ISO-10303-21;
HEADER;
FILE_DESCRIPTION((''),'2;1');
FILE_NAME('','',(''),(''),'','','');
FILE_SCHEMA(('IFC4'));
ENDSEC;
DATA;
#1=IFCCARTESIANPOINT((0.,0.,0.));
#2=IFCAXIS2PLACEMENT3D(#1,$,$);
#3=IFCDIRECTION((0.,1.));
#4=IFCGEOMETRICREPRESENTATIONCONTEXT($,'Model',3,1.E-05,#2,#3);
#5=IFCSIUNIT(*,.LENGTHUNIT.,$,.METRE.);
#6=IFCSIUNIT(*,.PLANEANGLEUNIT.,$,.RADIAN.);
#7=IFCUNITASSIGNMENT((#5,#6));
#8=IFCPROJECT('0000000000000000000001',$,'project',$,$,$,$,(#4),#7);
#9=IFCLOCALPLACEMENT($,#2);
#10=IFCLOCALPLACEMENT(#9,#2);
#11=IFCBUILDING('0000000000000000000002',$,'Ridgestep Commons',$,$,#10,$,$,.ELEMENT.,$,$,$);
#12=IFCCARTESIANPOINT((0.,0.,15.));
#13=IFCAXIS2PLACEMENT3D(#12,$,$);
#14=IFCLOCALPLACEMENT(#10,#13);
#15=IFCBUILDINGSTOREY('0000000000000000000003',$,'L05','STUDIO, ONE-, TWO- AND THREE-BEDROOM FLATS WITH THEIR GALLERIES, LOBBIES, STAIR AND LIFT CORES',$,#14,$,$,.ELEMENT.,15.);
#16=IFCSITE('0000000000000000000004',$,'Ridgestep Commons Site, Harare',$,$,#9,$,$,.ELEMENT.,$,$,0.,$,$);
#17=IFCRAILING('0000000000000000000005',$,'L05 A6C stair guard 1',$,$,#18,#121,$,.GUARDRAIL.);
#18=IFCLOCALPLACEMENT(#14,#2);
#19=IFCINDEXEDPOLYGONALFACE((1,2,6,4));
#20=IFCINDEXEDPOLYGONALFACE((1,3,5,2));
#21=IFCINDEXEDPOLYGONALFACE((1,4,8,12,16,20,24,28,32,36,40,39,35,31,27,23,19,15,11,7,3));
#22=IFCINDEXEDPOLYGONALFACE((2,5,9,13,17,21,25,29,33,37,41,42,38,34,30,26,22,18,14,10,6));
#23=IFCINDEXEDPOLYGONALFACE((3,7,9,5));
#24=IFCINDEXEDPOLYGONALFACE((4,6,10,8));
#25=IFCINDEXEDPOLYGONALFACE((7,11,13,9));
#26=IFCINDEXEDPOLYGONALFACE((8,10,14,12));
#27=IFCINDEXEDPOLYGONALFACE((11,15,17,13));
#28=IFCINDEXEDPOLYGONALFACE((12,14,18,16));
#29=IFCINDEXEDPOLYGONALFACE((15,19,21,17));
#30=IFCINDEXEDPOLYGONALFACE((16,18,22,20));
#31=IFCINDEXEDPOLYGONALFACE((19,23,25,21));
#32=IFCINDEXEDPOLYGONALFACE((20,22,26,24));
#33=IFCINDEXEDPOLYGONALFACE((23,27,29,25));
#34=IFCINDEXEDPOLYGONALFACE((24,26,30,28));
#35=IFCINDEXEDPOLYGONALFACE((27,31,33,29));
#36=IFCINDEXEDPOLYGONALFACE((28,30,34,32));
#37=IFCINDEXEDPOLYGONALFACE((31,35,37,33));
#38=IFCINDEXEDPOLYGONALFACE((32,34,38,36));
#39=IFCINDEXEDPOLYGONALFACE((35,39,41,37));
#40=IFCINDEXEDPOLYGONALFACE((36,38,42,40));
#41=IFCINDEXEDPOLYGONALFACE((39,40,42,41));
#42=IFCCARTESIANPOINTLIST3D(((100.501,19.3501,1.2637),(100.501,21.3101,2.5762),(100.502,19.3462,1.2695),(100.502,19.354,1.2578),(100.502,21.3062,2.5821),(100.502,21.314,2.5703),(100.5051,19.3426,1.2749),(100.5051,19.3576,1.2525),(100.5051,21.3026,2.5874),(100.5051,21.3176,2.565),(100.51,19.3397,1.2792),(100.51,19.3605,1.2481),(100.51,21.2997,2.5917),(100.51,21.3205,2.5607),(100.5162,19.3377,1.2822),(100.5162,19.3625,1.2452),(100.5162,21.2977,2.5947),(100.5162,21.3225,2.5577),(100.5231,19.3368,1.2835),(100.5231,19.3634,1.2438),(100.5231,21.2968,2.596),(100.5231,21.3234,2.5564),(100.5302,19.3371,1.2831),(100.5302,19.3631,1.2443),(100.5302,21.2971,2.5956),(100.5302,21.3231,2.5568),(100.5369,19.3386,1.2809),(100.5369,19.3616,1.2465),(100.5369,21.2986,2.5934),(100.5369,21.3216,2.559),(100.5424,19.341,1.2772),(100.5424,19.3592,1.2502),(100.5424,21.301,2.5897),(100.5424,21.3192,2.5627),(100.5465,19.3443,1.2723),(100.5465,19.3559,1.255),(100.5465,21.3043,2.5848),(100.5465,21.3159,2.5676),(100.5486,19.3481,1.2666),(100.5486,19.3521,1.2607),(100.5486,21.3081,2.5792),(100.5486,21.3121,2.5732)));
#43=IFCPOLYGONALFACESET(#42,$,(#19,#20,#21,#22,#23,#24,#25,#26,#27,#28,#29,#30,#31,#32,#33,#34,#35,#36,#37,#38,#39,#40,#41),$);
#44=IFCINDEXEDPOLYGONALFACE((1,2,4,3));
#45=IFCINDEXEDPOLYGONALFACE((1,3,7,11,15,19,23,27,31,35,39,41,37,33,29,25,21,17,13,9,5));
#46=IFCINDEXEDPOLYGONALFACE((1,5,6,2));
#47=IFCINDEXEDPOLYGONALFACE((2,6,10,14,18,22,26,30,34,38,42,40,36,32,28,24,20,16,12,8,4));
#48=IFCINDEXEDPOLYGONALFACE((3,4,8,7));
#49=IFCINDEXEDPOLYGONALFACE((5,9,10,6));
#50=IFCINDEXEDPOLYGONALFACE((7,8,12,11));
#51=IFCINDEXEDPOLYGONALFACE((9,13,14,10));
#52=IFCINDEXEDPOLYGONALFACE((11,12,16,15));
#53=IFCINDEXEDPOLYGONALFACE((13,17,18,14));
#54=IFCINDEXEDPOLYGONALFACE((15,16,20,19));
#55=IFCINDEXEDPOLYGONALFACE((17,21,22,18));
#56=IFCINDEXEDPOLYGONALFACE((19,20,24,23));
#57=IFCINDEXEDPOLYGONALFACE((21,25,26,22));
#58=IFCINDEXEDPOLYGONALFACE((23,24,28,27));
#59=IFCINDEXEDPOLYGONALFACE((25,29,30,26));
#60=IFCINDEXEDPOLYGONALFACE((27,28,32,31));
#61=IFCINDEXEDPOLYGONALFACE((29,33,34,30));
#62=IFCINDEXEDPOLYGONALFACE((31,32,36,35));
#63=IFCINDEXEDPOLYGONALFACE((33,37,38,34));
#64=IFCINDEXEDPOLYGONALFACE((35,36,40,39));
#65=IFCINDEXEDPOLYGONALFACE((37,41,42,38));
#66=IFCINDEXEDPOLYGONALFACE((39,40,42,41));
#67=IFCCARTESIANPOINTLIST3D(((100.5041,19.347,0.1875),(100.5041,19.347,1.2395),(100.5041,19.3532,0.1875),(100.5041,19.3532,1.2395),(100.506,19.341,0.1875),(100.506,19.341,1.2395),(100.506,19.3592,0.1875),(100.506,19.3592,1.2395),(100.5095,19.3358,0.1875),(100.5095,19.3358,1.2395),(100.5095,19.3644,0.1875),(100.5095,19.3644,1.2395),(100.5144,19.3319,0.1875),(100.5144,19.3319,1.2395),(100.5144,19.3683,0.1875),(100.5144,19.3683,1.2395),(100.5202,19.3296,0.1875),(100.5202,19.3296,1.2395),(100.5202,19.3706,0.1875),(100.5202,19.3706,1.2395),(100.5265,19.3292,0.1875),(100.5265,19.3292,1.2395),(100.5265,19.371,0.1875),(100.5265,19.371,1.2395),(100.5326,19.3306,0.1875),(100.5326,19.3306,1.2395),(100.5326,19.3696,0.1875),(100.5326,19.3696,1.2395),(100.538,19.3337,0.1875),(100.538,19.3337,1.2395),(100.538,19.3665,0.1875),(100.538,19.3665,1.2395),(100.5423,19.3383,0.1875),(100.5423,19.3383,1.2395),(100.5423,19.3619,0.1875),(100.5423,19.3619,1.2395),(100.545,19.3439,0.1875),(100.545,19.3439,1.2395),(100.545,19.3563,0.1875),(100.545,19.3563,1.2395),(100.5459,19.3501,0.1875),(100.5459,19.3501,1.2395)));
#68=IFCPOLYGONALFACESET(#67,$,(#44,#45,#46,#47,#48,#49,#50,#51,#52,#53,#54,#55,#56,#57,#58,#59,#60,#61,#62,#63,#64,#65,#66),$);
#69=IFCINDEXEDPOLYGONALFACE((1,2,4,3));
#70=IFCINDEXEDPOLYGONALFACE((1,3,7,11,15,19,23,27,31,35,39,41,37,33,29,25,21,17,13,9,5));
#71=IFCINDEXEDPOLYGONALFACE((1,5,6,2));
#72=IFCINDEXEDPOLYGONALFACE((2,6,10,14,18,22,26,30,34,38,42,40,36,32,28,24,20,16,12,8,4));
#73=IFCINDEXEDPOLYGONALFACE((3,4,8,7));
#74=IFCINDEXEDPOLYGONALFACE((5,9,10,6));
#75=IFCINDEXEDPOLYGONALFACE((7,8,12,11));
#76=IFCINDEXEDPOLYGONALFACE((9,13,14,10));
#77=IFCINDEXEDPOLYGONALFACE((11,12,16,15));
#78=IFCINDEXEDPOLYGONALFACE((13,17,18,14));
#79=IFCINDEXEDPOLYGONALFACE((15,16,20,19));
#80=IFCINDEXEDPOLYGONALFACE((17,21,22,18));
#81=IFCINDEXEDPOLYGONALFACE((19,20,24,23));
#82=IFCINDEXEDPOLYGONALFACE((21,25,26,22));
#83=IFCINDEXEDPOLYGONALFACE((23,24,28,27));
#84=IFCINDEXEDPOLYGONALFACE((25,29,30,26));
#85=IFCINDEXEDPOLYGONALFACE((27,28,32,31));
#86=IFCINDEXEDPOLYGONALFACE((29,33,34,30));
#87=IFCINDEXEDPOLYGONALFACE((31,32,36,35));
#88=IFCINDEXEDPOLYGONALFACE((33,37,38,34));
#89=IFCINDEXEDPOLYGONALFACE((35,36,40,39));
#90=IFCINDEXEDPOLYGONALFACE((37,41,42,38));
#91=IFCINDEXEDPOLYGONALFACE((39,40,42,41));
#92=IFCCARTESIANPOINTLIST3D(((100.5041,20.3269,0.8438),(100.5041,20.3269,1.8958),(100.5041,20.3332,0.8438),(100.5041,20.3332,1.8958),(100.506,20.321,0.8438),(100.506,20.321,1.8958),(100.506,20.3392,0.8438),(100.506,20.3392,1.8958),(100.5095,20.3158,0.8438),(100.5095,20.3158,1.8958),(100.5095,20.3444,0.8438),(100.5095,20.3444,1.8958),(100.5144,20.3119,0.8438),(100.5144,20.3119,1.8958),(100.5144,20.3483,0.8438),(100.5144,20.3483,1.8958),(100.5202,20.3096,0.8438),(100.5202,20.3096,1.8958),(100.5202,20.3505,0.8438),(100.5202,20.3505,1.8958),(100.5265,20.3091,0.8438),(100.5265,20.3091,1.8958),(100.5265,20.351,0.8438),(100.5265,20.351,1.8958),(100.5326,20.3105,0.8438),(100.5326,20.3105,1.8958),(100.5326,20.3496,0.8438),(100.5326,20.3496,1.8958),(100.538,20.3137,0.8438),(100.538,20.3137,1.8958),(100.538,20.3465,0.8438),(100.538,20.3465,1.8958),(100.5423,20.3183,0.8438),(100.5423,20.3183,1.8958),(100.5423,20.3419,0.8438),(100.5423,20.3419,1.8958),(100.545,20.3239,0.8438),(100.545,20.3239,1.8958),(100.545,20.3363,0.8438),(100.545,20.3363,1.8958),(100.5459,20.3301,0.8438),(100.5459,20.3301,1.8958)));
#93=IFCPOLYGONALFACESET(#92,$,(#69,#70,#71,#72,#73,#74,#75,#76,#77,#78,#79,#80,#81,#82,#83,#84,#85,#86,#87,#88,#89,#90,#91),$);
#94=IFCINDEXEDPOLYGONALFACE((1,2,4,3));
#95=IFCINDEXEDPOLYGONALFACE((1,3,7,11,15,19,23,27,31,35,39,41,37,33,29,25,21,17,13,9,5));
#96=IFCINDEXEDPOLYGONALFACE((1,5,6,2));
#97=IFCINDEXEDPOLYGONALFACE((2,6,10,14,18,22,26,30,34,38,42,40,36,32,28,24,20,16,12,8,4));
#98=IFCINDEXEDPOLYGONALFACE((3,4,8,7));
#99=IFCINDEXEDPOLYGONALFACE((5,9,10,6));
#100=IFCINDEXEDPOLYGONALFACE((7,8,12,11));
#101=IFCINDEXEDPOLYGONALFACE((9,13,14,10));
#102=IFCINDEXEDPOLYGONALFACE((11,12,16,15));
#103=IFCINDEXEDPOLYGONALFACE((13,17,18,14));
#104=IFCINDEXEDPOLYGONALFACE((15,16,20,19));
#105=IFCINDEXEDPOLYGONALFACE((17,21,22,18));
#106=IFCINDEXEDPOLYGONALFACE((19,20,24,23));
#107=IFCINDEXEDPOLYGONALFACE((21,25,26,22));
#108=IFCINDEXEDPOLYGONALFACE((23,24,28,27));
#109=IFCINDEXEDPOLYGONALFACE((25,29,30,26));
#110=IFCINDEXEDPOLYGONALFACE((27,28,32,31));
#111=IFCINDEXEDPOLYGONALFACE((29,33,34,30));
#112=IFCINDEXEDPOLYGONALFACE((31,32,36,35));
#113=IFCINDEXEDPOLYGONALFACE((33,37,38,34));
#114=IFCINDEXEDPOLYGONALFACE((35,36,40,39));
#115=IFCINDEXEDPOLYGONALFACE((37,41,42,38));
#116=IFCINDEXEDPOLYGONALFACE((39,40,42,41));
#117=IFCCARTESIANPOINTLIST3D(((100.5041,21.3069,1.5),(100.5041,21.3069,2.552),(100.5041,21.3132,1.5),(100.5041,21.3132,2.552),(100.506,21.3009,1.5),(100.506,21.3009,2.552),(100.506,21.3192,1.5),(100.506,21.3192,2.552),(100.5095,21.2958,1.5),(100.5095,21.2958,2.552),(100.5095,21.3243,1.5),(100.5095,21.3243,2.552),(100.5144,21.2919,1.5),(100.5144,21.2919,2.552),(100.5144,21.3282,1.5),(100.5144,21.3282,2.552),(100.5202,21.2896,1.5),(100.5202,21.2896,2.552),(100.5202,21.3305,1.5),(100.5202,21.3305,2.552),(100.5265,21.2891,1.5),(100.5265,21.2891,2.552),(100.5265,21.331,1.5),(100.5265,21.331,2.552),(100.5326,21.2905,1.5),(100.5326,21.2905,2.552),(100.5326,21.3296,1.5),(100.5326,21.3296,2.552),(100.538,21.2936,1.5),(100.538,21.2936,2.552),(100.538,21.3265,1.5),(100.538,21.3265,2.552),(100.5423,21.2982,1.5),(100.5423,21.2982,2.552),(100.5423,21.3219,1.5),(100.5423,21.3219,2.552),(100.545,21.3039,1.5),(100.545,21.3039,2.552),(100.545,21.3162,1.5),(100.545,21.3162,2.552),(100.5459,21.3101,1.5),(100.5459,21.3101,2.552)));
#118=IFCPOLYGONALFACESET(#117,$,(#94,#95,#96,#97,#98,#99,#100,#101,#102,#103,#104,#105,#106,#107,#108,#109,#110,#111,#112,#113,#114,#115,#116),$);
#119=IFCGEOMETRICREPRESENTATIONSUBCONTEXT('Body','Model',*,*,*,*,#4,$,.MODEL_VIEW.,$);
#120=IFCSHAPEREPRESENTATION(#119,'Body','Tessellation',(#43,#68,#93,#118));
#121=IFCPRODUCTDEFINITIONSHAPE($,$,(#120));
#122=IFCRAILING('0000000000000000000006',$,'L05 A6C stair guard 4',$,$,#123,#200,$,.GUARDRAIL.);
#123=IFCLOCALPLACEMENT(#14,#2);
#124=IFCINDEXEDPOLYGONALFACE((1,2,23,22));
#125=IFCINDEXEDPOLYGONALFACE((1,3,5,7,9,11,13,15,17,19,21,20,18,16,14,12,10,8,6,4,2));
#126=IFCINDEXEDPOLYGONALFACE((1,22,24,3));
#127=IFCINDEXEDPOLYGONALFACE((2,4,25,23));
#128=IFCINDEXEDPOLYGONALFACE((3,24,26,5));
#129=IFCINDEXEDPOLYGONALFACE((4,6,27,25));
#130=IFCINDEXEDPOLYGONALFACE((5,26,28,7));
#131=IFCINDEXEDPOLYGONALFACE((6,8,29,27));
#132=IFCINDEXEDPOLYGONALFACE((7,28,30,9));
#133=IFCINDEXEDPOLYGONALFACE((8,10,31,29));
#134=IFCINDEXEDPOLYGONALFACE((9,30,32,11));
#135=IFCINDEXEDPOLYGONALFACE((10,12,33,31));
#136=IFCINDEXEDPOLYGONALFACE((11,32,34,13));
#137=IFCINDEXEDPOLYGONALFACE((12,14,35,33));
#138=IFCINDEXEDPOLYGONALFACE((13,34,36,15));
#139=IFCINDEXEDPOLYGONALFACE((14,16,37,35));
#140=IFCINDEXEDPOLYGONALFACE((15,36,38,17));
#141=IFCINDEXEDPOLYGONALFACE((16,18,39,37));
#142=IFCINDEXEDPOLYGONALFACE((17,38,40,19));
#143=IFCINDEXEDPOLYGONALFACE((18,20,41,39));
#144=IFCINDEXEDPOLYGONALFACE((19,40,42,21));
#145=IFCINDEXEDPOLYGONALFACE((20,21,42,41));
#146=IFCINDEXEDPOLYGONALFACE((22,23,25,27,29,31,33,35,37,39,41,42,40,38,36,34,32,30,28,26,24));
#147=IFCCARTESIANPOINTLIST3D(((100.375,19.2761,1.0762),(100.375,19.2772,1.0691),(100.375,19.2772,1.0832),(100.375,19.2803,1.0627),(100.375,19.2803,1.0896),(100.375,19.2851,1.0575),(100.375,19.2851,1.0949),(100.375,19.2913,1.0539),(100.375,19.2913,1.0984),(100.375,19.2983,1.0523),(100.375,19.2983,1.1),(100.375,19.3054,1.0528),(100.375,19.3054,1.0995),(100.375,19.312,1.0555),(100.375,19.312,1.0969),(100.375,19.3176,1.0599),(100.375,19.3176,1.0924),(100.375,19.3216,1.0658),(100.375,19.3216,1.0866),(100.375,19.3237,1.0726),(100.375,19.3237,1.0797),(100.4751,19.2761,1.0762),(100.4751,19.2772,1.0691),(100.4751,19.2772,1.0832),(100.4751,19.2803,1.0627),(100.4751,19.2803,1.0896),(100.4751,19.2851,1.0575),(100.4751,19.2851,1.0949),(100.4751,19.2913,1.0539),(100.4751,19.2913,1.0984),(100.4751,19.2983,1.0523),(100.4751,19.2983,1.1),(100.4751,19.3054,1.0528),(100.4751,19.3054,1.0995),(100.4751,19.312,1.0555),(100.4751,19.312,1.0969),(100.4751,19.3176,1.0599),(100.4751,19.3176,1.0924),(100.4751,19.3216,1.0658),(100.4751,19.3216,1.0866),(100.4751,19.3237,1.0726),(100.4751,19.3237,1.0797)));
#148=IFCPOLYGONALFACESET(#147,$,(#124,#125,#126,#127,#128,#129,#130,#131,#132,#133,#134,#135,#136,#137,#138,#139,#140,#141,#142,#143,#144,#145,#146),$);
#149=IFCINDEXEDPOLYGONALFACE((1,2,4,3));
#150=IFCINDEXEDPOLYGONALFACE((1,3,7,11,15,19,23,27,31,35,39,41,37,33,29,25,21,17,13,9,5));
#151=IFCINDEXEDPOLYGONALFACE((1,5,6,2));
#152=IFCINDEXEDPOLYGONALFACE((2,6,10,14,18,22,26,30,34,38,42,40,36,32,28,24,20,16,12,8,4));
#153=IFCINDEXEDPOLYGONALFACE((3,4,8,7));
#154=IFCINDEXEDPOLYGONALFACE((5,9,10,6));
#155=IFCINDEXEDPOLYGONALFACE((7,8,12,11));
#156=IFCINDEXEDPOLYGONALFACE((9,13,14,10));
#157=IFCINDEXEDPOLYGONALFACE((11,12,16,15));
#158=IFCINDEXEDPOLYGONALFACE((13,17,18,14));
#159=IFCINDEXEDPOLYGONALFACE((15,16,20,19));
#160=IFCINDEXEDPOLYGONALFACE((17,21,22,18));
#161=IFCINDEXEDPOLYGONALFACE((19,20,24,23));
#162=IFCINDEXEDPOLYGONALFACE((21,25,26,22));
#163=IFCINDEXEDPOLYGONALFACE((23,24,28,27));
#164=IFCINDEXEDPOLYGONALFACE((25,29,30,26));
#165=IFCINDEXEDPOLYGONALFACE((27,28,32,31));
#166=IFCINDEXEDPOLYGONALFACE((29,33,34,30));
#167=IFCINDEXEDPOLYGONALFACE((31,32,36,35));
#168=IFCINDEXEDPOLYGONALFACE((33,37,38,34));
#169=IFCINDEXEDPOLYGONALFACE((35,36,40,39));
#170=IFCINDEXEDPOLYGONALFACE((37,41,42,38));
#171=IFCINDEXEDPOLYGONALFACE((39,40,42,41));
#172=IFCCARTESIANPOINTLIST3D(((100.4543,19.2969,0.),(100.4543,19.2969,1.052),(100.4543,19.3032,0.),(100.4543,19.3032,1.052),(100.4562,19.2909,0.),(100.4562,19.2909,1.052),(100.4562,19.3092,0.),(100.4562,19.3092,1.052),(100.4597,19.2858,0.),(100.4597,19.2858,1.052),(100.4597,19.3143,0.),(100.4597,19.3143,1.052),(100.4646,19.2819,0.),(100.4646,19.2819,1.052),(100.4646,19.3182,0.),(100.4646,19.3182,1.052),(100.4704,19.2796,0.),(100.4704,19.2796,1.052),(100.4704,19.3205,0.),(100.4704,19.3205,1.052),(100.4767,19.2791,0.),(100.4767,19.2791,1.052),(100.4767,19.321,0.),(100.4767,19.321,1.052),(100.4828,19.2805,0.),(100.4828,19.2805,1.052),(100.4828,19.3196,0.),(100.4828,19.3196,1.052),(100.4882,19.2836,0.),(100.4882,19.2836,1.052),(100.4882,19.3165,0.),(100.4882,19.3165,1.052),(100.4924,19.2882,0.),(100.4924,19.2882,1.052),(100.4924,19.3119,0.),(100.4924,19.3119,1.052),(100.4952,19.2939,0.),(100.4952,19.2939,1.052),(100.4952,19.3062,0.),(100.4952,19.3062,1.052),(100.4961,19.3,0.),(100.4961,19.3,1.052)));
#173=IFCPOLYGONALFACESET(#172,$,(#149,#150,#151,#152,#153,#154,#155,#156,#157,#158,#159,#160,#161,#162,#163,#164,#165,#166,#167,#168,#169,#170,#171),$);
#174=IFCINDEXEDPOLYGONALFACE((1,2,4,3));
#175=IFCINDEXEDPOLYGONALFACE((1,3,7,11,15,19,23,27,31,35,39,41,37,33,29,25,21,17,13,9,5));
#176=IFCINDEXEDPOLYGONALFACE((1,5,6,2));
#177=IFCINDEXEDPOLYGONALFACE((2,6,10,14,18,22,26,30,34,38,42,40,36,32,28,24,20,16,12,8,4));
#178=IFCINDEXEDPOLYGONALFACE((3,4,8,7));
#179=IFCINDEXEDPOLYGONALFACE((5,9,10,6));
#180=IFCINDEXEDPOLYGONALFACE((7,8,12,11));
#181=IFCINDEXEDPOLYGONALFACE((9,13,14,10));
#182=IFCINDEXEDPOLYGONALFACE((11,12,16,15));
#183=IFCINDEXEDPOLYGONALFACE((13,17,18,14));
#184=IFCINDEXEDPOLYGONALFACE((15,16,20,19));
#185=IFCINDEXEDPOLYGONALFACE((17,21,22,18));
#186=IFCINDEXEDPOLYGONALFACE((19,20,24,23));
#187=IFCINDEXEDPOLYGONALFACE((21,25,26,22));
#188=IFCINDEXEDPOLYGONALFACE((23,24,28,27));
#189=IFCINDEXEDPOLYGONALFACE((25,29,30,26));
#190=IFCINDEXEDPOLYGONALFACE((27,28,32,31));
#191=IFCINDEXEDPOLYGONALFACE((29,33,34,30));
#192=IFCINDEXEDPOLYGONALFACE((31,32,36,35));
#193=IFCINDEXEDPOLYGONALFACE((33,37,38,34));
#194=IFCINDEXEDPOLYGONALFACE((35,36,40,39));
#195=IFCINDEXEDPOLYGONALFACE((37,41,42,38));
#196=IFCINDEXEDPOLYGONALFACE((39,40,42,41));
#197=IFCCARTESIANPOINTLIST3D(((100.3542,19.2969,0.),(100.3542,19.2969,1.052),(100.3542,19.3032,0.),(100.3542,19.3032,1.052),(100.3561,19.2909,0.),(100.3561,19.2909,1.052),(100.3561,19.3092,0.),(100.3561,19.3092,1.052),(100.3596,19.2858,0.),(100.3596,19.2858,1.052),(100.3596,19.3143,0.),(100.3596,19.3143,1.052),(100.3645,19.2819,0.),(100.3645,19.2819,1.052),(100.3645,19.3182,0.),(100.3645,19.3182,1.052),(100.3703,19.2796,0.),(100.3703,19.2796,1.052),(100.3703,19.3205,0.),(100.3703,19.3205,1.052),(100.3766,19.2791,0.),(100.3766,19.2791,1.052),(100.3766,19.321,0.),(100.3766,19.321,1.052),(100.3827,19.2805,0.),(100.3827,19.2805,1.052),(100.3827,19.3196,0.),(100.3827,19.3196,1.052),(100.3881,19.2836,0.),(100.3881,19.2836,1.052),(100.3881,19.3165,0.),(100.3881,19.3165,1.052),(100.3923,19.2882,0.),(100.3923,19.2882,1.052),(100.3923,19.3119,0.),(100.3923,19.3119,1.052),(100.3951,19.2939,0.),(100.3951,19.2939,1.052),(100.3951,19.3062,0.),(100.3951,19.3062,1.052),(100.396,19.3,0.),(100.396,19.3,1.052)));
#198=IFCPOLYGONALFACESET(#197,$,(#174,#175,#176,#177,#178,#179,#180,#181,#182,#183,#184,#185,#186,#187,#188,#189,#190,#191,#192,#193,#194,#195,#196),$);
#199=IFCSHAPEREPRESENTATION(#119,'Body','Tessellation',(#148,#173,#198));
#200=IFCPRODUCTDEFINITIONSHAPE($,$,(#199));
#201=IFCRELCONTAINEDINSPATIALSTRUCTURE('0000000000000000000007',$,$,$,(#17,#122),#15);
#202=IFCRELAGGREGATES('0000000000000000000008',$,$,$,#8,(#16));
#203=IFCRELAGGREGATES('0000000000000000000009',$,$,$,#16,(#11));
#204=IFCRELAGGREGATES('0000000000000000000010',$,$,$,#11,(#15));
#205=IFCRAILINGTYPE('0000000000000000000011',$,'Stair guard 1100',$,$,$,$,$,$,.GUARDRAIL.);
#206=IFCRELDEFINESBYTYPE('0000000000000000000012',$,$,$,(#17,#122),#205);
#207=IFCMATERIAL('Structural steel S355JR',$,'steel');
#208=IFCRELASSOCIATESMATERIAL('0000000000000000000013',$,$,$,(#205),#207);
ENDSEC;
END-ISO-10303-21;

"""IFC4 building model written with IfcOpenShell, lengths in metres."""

from ifc_helpers import new_model, si_unit, direction, frame, origin, origin_2d, place, context, subcontext, project, spatial, circle, extrude, material, type_object, element, save


model = new_model("IFC4")

# Units and contexts
model_context = context("Model", 3, precision=1e-05, world=origin(), true_north=direction((0.0, 1.0)))
body_context = subcontext(model_context, "Body", "Model", "MODEL_VIEW")
ifc_project = project(units=[si_unit("LENGTHUNIT", "METRE"), si_unit("PLANEANGLEUNIT", "RADIAN")], contexts=[model_context])

# Site, building, storey
site_placement = place(None, origin())
site = spatial("IfcSite", under=ifc_project, at=site_placement, Name="Ridgestep Commons Site, Harare", CompositionType="ELEMENT", RefElevation=0.0)
building_placement = place(site_placement, origin())
building = spatial("IfcBuilding", under=site, at=building_placement, Name="Ridgestep Commons", CompositionType="ELEMENT")
storey_placement = place(building_placement, frame((0.0, 0.0, 15.0)))
storey = spatial("IfcBuildingStorey", under=building, at=storey_placement, Name="L05", Description="STUDIO, ONE-, TWO- AND THREE-BEDROOM FLATS WITH THEIR GALLERIES, LOBBIES, STAIR AND LIFT CORES", CompositionType="ELEMENT", Elevation=15.0)

# Railings
ifc_material_1 = material(Name="Structural steel S355JR", Category="steel")
railing_type_1 = type_object("IfcRailingType", Name="Stair guard 1100", PredefinedType="GUARDRAIL", material=ifc_material_1)
railing_1_placement = place(storey_placement, frame((100.5249, 19.3501, 0.1875)))
element("IfcRailing", 1, at=railing_1_placement, inside=storey, type_object=railing_type_1, Name="L05 A6C stair guard 1", PredefinedType="GUARDRAIL", context=body_context, shape_type="SweptSolid", body=[
    extrude(circle(Radius=0.0239, at=origin_2d()), frame((0.0, 0.0, 1.0762), z_axis=(0.0, 0.830902, 0.556419), x_axis=(-1.0, 0.0, 0.0)), (0.0, 0.0, 1.0), 2.3589),
    extrude(circle(Radius=0.021, at=origin_2d()), origin(), (0.0, 0.0, 1.0), 1.052),
    extrude(circle(Radius=0.021, at=origin_2d()), frame((0.0, 0.98, 0.6562)), (0.0, 0.0, 1.0), 1.052),
    extrude(circle(Radius=0.021, at=origin_2d()), frame((0.0, 1.96, 1.3125)), (0.0, 0.0, 1.0), 1.052),
])
railing_2_placement = place(storey_placement, frame((100.4751, 19.3, 0.0)))
element("IfcRailing", 2, at=railing_2_placement, inside=storey, type_object=railing_type_1, Name="L05 A6C stair guard 4", PredefinedType="GUARDRAIL", context=body_context, shape_type="SweptSolid", body=[
    extrude(circle(Radius=0.0239, at=origin_2d()), frame((0.0, 0.0, 1.0762), z_axis=(-1.0, 0.0, 0.0), x_axis=(0.0, -1.0, 0.0)), (0.0, 0.0, 1.0), 0.1001),
    extrude(circle(Radius=0.021, at=origin_2d()), origin(), (0.0, 0.0, 1.0), 1.052),
    extrude(circle(Radius=0.021, at=origin_2d()), frame((-0.1001, 0.0, 0.0)), (0.0, 0.0, 1.0), 1.052),
])

save(model, "model.ifc")
